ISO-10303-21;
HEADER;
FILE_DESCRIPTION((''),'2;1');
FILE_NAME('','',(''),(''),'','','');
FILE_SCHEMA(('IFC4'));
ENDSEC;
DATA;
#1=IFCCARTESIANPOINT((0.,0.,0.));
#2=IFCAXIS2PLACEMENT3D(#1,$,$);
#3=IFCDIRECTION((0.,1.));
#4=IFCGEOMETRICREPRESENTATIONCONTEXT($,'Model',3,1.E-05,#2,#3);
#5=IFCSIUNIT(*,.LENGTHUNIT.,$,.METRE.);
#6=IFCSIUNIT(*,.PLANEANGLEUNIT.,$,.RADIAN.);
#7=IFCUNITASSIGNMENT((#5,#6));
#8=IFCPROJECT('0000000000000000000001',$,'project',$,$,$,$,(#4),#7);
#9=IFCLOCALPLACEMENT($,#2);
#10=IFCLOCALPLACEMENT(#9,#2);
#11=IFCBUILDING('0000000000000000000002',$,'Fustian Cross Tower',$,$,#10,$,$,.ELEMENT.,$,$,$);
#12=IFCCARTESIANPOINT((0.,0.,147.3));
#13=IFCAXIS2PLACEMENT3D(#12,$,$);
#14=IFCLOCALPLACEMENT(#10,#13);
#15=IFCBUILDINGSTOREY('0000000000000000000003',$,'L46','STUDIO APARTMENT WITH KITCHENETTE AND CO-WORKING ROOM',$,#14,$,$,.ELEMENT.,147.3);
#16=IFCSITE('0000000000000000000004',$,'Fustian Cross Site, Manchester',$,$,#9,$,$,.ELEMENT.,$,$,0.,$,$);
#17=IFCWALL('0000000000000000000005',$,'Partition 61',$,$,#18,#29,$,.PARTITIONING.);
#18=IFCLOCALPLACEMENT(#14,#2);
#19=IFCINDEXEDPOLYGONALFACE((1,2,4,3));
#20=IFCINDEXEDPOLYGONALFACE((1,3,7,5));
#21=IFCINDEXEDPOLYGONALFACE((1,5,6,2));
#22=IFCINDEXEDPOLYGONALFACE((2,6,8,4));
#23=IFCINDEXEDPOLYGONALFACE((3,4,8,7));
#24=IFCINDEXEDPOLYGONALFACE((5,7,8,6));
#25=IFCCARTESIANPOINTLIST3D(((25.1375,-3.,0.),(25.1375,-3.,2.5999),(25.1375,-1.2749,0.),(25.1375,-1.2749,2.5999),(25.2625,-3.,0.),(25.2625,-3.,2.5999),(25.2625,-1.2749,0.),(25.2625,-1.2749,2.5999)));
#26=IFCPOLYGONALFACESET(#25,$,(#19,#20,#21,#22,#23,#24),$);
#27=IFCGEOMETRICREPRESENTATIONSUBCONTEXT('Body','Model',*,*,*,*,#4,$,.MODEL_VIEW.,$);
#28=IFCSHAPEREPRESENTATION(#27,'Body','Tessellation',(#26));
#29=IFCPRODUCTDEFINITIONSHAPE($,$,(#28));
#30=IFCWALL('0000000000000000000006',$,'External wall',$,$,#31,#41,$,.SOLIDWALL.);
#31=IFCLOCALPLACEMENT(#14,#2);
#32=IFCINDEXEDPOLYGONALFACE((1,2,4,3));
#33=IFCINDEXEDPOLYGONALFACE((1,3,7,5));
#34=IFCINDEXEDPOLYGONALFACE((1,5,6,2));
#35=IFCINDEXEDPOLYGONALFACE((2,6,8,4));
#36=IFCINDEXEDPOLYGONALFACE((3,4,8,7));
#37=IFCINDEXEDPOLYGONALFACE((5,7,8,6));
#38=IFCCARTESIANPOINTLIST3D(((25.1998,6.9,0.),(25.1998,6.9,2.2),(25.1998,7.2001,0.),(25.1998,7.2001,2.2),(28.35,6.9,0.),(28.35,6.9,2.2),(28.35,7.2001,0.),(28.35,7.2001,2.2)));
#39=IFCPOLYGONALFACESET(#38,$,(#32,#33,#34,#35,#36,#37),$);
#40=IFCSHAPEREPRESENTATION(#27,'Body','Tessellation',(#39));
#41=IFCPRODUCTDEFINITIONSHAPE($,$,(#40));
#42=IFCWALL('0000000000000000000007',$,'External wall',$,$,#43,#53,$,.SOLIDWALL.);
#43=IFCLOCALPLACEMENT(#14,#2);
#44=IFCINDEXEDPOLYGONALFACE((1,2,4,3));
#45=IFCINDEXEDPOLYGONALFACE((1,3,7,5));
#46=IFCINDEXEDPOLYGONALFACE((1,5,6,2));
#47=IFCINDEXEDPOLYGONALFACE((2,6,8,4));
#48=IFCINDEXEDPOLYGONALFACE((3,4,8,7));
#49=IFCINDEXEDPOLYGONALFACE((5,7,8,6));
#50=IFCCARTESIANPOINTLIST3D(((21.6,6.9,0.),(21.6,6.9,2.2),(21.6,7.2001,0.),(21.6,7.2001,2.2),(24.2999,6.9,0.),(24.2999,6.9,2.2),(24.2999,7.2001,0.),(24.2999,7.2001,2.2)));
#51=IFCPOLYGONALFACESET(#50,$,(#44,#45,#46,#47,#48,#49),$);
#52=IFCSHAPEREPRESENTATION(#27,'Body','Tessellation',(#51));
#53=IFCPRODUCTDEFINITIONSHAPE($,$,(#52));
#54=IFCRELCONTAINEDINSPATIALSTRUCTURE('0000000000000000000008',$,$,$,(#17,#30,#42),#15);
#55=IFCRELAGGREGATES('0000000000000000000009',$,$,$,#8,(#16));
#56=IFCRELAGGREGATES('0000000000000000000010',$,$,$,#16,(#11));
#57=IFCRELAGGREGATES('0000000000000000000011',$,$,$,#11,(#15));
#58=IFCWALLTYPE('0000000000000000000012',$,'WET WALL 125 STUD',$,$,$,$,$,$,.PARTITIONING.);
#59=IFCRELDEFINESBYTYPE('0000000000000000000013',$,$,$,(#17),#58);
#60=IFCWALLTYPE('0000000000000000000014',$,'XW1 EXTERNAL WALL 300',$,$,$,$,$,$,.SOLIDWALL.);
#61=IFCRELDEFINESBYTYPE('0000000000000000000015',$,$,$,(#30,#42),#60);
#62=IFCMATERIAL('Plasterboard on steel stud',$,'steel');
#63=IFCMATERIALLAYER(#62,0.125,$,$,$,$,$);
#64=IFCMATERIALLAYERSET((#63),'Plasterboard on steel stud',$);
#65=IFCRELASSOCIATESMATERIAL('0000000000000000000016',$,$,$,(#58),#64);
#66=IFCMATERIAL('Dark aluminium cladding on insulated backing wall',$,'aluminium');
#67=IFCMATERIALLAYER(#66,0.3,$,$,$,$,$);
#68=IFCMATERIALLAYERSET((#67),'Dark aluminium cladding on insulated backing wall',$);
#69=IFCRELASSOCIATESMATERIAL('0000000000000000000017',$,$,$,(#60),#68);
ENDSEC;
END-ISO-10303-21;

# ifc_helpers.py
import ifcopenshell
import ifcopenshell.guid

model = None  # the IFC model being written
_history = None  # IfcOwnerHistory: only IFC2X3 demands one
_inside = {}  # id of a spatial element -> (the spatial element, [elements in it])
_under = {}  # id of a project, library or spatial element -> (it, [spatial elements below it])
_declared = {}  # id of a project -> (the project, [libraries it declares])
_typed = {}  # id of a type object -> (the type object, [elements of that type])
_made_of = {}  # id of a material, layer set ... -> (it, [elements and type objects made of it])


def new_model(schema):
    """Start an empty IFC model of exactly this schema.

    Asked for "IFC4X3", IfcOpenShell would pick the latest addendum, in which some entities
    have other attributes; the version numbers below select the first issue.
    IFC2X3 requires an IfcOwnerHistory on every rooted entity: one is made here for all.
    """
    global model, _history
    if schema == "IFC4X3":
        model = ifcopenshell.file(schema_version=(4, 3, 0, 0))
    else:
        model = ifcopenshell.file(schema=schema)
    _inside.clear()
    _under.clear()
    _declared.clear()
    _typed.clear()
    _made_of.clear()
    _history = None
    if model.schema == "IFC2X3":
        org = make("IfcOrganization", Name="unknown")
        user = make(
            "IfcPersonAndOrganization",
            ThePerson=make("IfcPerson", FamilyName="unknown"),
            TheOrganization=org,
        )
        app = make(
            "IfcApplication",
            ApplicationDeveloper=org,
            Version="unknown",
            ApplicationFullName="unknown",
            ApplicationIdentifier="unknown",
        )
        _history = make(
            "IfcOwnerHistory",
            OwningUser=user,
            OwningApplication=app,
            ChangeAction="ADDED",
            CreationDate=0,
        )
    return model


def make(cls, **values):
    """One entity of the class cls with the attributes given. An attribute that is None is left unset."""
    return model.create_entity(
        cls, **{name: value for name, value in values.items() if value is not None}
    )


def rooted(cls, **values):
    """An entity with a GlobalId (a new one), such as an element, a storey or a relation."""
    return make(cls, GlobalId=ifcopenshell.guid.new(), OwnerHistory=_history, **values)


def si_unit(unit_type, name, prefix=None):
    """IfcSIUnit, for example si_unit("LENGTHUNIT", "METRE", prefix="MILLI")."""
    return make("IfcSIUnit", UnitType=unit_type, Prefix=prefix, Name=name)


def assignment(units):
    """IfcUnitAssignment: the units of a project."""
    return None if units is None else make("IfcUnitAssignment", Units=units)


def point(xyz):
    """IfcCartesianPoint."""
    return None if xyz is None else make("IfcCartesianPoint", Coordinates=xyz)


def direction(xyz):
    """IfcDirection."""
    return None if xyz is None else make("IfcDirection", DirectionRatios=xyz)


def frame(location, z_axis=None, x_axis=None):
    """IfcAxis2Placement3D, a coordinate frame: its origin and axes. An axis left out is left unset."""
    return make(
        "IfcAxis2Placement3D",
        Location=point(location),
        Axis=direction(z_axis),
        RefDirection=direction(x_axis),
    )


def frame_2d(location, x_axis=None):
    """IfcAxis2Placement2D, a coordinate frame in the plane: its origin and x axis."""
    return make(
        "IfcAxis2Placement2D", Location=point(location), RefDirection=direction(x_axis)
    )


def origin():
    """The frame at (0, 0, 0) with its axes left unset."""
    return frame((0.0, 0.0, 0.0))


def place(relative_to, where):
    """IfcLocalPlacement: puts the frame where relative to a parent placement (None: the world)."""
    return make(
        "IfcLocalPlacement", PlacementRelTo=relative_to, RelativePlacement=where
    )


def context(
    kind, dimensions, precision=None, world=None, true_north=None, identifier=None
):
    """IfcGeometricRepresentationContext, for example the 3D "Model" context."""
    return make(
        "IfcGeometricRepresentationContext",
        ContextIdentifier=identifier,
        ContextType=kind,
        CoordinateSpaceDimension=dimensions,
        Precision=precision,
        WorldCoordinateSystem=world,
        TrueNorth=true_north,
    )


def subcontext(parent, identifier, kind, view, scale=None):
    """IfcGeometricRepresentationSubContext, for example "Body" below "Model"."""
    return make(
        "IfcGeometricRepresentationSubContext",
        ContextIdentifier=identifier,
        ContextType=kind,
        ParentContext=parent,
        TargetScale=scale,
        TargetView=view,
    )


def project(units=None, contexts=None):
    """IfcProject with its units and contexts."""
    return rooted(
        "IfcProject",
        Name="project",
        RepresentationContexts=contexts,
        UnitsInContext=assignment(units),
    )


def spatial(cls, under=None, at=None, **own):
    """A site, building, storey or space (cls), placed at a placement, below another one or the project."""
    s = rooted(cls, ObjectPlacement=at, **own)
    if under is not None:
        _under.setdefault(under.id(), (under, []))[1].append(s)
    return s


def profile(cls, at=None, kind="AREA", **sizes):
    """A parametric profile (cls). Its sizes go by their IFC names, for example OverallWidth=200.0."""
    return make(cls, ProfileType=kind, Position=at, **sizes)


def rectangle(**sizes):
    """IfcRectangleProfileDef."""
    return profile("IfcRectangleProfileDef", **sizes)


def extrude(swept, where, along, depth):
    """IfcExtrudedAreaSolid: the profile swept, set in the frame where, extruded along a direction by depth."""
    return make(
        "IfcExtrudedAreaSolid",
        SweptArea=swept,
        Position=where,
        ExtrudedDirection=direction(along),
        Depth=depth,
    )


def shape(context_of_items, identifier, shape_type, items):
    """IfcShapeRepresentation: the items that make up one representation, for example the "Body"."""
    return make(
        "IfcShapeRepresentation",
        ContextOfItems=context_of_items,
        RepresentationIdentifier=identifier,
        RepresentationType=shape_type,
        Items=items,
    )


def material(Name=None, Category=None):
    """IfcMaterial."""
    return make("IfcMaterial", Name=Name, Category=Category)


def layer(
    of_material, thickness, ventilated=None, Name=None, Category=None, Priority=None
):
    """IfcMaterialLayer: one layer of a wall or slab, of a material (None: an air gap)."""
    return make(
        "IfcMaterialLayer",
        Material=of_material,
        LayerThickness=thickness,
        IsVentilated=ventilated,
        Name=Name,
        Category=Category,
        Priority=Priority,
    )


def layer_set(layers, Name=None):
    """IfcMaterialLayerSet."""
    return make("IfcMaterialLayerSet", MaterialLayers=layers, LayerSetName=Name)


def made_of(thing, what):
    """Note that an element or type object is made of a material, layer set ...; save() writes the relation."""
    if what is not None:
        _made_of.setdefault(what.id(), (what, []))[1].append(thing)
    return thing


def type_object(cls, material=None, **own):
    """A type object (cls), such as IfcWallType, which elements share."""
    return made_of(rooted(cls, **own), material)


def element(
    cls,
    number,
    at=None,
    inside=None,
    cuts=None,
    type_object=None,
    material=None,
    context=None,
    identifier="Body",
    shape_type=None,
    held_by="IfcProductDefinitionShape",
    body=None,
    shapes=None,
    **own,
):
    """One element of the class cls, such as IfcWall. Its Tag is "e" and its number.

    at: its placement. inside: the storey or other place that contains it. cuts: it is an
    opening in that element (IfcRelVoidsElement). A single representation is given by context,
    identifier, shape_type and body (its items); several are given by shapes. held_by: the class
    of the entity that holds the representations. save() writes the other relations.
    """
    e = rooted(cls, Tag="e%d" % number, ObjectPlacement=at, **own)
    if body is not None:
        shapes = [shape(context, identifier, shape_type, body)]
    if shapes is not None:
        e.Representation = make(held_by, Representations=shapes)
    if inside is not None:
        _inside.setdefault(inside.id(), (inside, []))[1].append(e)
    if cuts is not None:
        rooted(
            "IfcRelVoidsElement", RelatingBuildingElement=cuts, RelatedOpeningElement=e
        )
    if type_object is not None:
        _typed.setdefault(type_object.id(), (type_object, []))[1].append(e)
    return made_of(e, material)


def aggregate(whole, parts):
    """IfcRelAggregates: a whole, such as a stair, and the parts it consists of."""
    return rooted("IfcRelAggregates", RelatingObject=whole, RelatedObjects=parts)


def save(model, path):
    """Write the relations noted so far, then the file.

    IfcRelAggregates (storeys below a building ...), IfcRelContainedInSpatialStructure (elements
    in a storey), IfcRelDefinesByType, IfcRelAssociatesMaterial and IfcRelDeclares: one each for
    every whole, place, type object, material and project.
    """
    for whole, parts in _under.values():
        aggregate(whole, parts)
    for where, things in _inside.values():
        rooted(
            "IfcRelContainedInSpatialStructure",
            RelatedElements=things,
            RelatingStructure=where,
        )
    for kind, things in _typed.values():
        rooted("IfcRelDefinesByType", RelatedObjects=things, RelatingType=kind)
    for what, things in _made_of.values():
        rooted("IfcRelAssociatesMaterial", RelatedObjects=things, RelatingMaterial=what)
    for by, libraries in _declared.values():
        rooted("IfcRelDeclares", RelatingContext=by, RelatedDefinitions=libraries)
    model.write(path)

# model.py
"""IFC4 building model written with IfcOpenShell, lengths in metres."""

from ifc_helpers import new_model, si_unit, direction, frame, frame_2d, origin, place, context, subcontext, project, spatial, rectangle, extrude, material, layer, layer_set, type_object, element, save


model = new_model("IFC4")

# Units and contexts
model_context = context("Model", 3, precision=1e-05, world=origin(), true_north=direction((0.0, 1.0)))
body_context = subcontext(model_context, "Body", "Model", "MODEL_VIEW")
ifc_project = project(units=[si_unit("LENGTHUNIT", "METRE"), si_unit("PLANEANGLEUNIT", "RADIAN")], contexts=[model_context])

# Site, building, storey
site_placement = place(None, origin())
site = spatial("IfcSite", under=ifc_project, at=site_placement, Name="Fustian Cross Site, Manchester", CompositionType="ELEMENT", RefElevation=0.0)
building_placement = place(site_placement, origin())
building = spatial("IfcBuilding", under=site, at=building_placement, Name="Fustian Cross Tower", CompositionType="ELEMENT")
storey_placement = place(building_placement, frame((0.0, 0.0, 147.3)))
storey = spatial("IfcBuildingStorey", under=building, at=storey_placement, Name="L46", Description="STUDIO APARTMENT WITH KITCHENETTE AND CO-WORKING ROOM", CompositionType="ELEMENT", Elevation=147.3)

# Walls
ifc_material_1 = material(Name="Plasterboard on steel stud", Category="steel")
ifc_layer_1 = layer(ifc_material_1, 0.125)
ifc_layer_set_1 = layer_set([ifc_layer_1], Name="Plasterboard on steel stud")
wall_type_1 = type_object("IfcWallType", Name="WET WALL 125 STUD", PredefinedType="PARTITIONING", material=ifc_layer_set_1)
wall_1_placement = place(storey_placement, frame((25.2, -3.0, 0.0), z_axis=(0.0, 0.0, 1.0), x_axis=(0.0, 1.0, 0.0)))
element("IfcWall", 1, at=wall_1_placement, inside=storey, type_object=wall_type_1, Name="Partition 61", PredefinedType="PARTITIONING", context=body_context, shape_type="SweptSolid", body=[
    extrude(rectangle(XDim=1.7251, YDim=0.125, at=frame_2d((0.8625, 0.0))), origin(), (0.0, 0.0, 1.0), 2.5999),
])
ifc_material_2 = material(Name="Dark aluminium cladding on insulated backing wall", Category="aluminium")
ifc_layer_2 = layer(ifc_material_2, 0.3)
ifc_layer_set_2 = layer_set([ifc_layer_2], Name="Dark aluminium cladding on insulated backing wall")
wall_type_2 = type_object("IfcWallType", Name="XW1 EXTERNAL WALL 300", PredefinedType="SOLIDWALL", material=ifc_layer_set_2)
wall_2_placement = place(storey_placement, frame((28.3501, 7.05, 0.0), z_axis=(0.0, 0.0, 1.0), x_axis=(-1.0, 0.0, 0.0)))
element("IfcWall", 2, at=wall_2_placement, inside=storey, type_object=wall_type_2, Name="External wall", PredefinedType="SOLIDWALL", context=body_context, shape_type="SweptSolid", body=[
    extrude(rectangle(XDim=3.1501, YDim=0.3, at=frame_2d((1.5752, 0.0))), origin(), (0.0, 0.0, 1.0), 2.2),
])
wall_3_placement = place(storey_placement, frame((24.3, 7.05, 0.0), z_axis=(0.0, 0.0, 1.0), x_axis=(-1.0, 0.0, 0.0)))
element("IfcWall", 3, at=wall_3_placement, inside=storey, type_object=wall_type_2, Name="External wall", PredefinedType="SOLIDWALL", context=body_context, shape_type="SweptSolid", body=[
    extrude(rectangle(XDim=2.7, YDim=0.3, at=frame_2d((1.3501, 0.0))), origin(), (0.0, 0.0, 1.0), 2.2),
])

save(model, "model.ifc")
